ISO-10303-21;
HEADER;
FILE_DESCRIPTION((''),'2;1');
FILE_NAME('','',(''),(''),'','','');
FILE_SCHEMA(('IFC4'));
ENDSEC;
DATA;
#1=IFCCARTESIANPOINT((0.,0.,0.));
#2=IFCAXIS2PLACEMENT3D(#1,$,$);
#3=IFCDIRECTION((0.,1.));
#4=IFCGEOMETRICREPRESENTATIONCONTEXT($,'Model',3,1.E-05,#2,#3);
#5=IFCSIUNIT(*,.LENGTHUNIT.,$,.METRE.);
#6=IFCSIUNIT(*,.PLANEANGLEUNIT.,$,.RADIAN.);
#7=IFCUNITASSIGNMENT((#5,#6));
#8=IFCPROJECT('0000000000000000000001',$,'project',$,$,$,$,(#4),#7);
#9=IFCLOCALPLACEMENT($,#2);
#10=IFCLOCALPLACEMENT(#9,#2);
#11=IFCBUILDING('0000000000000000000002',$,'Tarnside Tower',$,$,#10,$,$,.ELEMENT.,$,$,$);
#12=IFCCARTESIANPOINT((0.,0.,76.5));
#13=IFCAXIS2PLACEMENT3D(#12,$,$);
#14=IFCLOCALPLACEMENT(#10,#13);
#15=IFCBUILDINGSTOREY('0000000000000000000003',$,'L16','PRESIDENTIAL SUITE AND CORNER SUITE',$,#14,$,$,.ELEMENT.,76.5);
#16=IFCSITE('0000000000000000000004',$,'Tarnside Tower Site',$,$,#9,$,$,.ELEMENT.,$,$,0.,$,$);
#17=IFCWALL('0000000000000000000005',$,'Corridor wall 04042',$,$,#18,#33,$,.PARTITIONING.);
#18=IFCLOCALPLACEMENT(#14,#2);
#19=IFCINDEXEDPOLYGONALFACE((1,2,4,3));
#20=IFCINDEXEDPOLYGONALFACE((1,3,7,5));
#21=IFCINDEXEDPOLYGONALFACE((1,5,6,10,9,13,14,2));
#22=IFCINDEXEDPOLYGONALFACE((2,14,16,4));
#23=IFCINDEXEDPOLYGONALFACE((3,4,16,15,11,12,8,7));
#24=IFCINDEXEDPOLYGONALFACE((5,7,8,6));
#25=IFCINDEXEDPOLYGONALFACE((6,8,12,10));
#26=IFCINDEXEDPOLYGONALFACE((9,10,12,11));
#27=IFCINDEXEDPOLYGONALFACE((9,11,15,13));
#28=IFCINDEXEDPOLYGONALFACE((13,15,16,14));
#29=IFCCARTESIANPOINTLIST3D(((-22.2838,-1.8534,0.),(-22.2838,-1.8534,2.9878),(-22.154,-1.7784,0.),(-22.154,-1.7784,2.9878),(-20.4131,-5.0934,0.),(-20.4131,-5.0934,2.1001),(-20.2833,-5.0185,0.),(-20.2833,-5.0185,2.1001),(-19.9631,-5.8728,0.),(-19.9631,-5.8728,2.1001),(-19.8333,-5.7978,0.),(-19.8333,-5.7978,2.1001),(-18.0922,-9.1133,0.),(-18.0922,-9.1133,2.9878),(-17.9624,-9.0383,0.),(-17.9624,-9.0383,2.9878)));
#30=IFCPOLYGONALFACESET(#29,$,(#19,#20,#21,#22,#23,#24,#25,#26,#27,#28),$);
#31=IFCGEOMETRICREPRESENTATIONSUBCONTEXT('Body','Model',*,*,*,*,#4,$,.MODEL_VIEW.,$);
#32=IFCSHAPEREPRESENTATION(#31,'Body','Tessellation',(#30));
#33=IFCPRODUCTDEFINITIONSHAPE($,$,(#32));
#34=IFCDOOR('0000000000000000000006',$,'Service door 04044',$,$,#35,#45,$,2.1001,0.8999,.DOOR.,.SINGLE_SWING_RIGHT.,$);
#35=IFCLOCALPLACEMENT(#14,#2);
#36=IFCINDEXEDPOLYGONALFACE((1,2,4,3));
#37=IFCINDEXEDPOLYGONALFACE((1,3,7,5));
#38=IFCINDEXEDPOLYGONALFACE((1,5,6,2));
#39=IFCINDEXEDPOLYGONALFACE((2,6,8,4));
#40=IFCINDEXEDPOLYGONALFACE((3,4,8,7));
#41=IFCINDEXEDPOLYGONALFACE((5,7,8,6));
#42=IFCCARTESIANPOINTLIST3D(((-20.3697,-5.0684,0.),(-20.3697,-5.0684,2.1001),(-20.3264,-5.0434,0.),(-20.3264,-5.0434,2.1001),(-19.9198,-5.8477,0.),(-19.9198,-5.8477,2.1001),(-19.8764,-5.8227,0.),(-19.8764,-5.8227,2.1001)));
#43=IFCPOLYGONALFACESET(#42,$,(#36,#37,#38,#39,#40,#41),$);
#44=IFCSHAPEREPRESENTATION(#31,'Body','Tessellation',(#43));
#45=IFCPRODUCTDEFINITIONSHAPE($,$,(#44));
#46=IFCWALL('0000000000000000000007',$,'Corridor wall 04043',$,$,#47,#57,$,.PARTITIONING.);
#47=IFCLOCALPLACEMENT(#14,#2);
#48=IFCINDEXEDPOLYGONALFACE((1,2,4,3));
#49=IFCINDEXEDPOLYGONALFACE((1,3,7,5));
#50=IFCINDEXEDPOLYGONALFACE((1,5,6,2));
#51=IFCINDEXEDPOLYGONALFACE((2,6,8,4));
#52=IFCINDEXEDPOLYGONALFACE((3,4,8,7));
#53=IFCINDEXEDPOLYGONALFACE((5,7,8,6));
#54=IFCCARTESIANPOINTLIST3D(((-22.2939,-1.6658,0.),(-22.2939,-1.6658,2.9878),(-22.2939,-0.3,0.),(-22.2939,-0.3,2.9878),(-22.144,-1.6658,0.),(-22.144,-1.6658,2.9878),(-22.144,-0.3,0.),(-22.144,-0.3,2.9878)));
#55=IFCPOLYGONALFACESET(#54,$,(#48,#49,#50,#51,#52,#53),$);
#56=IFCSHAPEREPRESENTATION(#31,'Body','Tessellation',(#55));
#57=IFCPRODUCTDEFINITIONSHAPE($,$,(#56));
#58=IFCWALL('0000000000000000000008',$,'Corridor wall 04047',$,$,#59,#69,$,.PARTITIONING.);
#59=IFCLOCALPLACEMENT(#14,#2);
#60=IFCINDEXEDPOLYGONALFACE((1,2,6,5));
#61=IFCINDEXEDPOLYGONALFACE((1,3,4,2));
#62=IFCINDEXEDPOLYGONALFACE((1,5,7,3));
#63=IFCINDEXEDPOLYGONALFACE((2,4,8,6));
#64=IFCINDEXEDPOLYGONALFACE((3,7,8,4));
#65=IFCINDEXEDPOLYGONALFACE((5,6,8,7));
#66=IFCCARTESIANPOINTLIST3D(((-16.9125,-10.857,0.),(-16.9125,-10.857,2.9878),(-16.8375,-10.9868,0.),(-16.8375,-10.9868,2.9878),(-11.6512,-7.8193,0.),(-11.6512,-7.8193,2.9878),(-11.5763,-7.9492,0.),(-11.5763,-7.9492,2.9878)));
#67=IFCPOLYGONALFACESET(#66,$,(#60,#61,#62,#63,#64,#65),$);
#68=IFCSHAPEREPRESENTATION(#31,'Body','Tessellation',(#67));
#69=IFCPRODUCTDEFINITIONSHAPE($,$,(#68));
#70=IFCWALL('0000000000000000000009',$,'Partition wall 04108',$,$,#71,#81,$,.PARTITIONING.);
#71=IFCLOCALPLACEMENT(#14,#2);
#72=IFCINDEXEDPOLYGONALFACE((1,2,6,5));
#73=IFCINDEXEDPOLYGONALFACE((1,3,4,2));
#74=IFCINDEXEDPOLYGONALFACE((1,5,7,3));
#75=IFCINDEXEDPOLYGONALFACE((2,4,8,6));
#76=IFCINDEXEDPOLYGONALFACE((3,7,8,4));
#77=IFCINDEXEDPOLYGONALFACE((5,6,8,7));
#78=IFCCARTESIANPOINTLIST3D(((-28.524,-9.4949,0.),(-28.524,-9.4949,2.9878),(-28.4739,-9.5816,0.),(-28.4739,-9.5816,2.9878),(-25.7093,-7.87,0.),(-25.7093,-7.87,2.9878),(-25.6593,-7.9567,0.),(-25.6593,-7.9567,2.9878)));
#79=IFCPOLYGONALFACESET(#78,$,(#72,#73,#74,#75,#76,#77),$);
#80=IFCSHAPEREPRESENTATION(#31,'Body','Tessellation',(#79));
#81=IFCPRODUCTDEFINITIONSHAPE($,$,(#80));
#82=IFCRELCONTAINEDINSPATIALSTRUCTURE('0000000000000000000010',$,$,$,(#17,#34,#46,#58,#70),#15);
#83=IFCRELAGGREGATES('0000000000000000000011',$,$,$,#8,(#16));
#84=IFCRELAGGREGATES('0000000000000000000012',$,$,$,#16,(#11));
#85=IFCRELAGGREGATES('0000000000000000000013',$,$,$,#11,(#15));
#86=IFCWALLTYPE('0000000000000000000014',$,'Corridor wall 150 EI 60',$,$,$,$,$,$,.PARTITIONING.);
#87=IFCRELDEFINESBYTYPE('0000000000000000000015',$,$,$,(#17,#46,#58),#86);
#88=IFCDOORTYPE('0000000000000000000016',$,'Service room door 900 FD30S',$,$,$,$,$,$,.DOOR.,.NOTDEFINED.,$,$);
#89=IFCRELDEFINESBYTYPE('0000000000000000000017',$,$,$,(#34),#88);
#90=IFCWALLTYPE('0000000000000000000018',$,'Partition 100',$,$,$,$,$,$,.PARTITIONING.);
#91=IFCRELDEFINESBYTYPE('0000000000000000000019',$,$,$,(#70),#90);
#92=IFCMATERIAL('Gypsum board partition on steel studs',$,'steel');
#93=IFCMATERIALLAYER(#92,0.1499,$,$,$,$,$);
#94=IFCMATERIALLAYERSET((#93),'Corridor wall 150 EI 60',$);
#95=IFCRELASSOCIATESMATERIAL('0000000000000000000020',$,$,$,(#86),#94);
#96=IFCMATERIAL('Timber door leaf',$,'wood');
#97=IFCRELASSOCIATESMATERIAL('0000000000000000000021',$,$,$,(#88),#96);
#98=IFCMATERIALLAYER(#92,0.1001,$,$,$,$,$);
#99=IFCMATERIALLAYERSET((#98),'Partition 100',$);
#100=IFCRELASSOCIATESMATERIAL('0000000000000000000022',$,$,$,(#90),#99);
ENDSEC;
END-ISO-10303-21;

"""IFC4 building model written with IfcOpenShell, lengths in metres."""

from ifc_helpers import new_model, si_unit, direction, frame, frame_2d, origin, place, context, subcontext, project, spatial, rectangle, extrude, material, layer, layer_set, type_object, element, fill, save


model = new_model("IFC4")

# Units and contexts
model_context = context("Model", 3, precision=1e-05, world=origin(), true_north=direction((0.0, 1.0)))
body_context = subcontext(model_context, "Body", "Model", "MODEL_VIEW")
ifc_project = project(units=[si_unit("LENGTHUNIT", "METRE"), si_unit("PLANEANGLEUNIT", "RADIAN")], contexts=[model_context])

# Site, building, storey
site_placement = place(None, origin())
site = spatial("IfcSite", under=ifc_project, at=site_placement, Name="Tarnside Tower Site", CompositionType="ELEMENT", RefElevation=0.0)
building_placement = place(site_placement, origin())
building = spatial("IfcBuilding", under=site, at=building_placement, Name="Tarnside Tower", CompositionType="ELEMENT")
storey_placement = place(building_placement, frame((0.0, 0.0, 76.5)))
storey = spatial("IfcBuildingStorey", under=building, at=storey_placement, Name="L16", Description="PRESIDENTIAL SUITE AND CORNER SUITE", CompositionType="ELEMENT", Elevation=76.5)

# Shared definitions
ifc_material_1 = material(Name="Gypsum board partition on steel studs", Category="steel")
ifc_layer_1 = layer(ifc_material_1, 0.1499)
ifc_layer_set_1 = layer_set([ifc_layer_1], Name="Corridor wall 150 EI 60")
wall_type_1 = type_object("IfcWallType", Name="Corridor wall 150 EI 60", PredefinedType="PARTITIONING", material=ifc_layer_set_1)

# Shared definitions
ifc_material_2 = material(Name="Timber door leaf", Category="wood")

# Wall, opening, door
wall_1_placement = place(storey_placement, frame((-18.0273, -9.0757, 0.0), z_axis=(0.0, 0.0, 1.0), x_axis=(-0.500007, 0.866021, 0.0)))
wall_1 = element("IfcWall", 1, at=wall_1_placement, inside=storey, type_object=wall_type_1, Name="Corridor wall 04042", PredefinedType="PARTITIONING", context=body_context, shape_type="SweptSolid", body=[
    extrude(rectangle(XDim=8.3831, YDim=0.1499, at=frame_2d((4.1914, 0.0))), origin(), (0.0, 0.0, 1.0), 2.9878),
])
opening_1_placement = place(wall_1_placement, frame((3.7417, 0.0, 0.0)))
opening_1 = element("IfcOpeningElement", 2, at=opening_1_placement, cuts=wall_1, PredefinedType="OPENING", context=body_context, shape_type="SweptSolid", body=[
    extrude(rectangle(XDim=0.8999, YDim=2.1001, at=frame_2d((0.45, 1.05))), frame((0.0, 0.085, 0.0), z_axis=(0.0, -1.0, 0.0), x_axis=(1.0, 0.0, 0.0)), (0.0, 0.0, 1.0), 0.1699),
])
door_type_1 = type_object("IfcDoorType", Name="Service room door 900 FD30S", OperationType="NOTDEFINED", PredefinedType="DOOR", material=ifc_material_2)
door_1_placement = place(opening_1_placement, origin())
door_1 = element("IfcDoor", 3, at=door_1_placement, inside=storey, type_object=door_type_1, Name="Service door 04044", OperationType="SINGLE_SWING_RIGHT", OverallHeight=2.1001, OverallWidth=0.8999, PredefinedType="DOOR", context=body_context, shape_type="SweptSolid", body=[
    extrude(rectangle(XDim=0.8999, YDim=2.1001, at=frame_2d((0.45, 1.05))), frame((0.0, 0.0249, 0.0), z_axis=(0.0, -1.0, 0.0), x_axis=(1.0, 0.0, 0.0)), (0.0, 0.0, 1.0), 0.05),
])
fill(opening_1, door_1)

# Walls
wall_2_placement = place(storey_placement, frame((-22.219, -1.6658, 0.0), z_axis=(0.0, 0.0, 1.0), x_axis=(0.0, 1.0, 0.0)))
element("IfcWall", 4, at=wall_2_placement, inside=storey, type_object=wall_type_1, Name="Corridor wall 04043", PredefinedType="PARTITIONING", context=body_context, shape_type="SweptSolid", body=[
    extrude(rectangle(XDim=1.3657, YDim=0.1499, at=frame_2d((0.6829, 0.0))), origin(), (0.0, 0.0, 1.0), 2.9878),
])
wall_3_placement = place(storey_placement, frame((-16.875, -10.9219, 0.0), z_axis=(0.0, 0.0, 1.0), x_axis=(0.866024, 0.500003, 0.0)))
element("IfcWall", 5, at=wall_3_placement, inside=storey, type_object=wall_type_1, Name="Corridor wall 04047", PredefinedType="PARTITIONING", context=body_context, shape_type="SweptSolid", body=[
    extrude(rectangle(XDim=6.0752, YDim=0.1499, at=frame_2d((3.0376, 0.0))), origin(), (0.0, 0.0, 1.0), 2.9878),
])
ifc_layer_2 = layer(ifc_material_1, 0.1001)
ifc_layer_set_2 = layer_set([ifc_layer_2], Name="Partition 100")
wall_type_2 = type_object("IfcWallType", Name="Partition 100", PredefinedType="PARTITIONING", material=ifc_layer_set_2)
wall_4_placement = place(storey_placement, frame((-25.6843, -7.9133, 0.0), z_axis=(0.0, 0.0, 1.0), x_axis=(-0.866034, -0.499985, 0.0)))
element("IfcWall", 6, at=wall_4_placement, inside=storey, type_object=wall_type_2, Name="Partition wall 04108", PredefinedType="PARTITIONING", context=body_context, shape_type="SweptSolid", body=[
    extrude(rectangle(XDim=3.25, YDim=0.1001, at=frame_2d((1.625, 0.0))), origin(), (0.0, 0.0, 1.0), 2.9878),
])

save(model, "model.ifc")
